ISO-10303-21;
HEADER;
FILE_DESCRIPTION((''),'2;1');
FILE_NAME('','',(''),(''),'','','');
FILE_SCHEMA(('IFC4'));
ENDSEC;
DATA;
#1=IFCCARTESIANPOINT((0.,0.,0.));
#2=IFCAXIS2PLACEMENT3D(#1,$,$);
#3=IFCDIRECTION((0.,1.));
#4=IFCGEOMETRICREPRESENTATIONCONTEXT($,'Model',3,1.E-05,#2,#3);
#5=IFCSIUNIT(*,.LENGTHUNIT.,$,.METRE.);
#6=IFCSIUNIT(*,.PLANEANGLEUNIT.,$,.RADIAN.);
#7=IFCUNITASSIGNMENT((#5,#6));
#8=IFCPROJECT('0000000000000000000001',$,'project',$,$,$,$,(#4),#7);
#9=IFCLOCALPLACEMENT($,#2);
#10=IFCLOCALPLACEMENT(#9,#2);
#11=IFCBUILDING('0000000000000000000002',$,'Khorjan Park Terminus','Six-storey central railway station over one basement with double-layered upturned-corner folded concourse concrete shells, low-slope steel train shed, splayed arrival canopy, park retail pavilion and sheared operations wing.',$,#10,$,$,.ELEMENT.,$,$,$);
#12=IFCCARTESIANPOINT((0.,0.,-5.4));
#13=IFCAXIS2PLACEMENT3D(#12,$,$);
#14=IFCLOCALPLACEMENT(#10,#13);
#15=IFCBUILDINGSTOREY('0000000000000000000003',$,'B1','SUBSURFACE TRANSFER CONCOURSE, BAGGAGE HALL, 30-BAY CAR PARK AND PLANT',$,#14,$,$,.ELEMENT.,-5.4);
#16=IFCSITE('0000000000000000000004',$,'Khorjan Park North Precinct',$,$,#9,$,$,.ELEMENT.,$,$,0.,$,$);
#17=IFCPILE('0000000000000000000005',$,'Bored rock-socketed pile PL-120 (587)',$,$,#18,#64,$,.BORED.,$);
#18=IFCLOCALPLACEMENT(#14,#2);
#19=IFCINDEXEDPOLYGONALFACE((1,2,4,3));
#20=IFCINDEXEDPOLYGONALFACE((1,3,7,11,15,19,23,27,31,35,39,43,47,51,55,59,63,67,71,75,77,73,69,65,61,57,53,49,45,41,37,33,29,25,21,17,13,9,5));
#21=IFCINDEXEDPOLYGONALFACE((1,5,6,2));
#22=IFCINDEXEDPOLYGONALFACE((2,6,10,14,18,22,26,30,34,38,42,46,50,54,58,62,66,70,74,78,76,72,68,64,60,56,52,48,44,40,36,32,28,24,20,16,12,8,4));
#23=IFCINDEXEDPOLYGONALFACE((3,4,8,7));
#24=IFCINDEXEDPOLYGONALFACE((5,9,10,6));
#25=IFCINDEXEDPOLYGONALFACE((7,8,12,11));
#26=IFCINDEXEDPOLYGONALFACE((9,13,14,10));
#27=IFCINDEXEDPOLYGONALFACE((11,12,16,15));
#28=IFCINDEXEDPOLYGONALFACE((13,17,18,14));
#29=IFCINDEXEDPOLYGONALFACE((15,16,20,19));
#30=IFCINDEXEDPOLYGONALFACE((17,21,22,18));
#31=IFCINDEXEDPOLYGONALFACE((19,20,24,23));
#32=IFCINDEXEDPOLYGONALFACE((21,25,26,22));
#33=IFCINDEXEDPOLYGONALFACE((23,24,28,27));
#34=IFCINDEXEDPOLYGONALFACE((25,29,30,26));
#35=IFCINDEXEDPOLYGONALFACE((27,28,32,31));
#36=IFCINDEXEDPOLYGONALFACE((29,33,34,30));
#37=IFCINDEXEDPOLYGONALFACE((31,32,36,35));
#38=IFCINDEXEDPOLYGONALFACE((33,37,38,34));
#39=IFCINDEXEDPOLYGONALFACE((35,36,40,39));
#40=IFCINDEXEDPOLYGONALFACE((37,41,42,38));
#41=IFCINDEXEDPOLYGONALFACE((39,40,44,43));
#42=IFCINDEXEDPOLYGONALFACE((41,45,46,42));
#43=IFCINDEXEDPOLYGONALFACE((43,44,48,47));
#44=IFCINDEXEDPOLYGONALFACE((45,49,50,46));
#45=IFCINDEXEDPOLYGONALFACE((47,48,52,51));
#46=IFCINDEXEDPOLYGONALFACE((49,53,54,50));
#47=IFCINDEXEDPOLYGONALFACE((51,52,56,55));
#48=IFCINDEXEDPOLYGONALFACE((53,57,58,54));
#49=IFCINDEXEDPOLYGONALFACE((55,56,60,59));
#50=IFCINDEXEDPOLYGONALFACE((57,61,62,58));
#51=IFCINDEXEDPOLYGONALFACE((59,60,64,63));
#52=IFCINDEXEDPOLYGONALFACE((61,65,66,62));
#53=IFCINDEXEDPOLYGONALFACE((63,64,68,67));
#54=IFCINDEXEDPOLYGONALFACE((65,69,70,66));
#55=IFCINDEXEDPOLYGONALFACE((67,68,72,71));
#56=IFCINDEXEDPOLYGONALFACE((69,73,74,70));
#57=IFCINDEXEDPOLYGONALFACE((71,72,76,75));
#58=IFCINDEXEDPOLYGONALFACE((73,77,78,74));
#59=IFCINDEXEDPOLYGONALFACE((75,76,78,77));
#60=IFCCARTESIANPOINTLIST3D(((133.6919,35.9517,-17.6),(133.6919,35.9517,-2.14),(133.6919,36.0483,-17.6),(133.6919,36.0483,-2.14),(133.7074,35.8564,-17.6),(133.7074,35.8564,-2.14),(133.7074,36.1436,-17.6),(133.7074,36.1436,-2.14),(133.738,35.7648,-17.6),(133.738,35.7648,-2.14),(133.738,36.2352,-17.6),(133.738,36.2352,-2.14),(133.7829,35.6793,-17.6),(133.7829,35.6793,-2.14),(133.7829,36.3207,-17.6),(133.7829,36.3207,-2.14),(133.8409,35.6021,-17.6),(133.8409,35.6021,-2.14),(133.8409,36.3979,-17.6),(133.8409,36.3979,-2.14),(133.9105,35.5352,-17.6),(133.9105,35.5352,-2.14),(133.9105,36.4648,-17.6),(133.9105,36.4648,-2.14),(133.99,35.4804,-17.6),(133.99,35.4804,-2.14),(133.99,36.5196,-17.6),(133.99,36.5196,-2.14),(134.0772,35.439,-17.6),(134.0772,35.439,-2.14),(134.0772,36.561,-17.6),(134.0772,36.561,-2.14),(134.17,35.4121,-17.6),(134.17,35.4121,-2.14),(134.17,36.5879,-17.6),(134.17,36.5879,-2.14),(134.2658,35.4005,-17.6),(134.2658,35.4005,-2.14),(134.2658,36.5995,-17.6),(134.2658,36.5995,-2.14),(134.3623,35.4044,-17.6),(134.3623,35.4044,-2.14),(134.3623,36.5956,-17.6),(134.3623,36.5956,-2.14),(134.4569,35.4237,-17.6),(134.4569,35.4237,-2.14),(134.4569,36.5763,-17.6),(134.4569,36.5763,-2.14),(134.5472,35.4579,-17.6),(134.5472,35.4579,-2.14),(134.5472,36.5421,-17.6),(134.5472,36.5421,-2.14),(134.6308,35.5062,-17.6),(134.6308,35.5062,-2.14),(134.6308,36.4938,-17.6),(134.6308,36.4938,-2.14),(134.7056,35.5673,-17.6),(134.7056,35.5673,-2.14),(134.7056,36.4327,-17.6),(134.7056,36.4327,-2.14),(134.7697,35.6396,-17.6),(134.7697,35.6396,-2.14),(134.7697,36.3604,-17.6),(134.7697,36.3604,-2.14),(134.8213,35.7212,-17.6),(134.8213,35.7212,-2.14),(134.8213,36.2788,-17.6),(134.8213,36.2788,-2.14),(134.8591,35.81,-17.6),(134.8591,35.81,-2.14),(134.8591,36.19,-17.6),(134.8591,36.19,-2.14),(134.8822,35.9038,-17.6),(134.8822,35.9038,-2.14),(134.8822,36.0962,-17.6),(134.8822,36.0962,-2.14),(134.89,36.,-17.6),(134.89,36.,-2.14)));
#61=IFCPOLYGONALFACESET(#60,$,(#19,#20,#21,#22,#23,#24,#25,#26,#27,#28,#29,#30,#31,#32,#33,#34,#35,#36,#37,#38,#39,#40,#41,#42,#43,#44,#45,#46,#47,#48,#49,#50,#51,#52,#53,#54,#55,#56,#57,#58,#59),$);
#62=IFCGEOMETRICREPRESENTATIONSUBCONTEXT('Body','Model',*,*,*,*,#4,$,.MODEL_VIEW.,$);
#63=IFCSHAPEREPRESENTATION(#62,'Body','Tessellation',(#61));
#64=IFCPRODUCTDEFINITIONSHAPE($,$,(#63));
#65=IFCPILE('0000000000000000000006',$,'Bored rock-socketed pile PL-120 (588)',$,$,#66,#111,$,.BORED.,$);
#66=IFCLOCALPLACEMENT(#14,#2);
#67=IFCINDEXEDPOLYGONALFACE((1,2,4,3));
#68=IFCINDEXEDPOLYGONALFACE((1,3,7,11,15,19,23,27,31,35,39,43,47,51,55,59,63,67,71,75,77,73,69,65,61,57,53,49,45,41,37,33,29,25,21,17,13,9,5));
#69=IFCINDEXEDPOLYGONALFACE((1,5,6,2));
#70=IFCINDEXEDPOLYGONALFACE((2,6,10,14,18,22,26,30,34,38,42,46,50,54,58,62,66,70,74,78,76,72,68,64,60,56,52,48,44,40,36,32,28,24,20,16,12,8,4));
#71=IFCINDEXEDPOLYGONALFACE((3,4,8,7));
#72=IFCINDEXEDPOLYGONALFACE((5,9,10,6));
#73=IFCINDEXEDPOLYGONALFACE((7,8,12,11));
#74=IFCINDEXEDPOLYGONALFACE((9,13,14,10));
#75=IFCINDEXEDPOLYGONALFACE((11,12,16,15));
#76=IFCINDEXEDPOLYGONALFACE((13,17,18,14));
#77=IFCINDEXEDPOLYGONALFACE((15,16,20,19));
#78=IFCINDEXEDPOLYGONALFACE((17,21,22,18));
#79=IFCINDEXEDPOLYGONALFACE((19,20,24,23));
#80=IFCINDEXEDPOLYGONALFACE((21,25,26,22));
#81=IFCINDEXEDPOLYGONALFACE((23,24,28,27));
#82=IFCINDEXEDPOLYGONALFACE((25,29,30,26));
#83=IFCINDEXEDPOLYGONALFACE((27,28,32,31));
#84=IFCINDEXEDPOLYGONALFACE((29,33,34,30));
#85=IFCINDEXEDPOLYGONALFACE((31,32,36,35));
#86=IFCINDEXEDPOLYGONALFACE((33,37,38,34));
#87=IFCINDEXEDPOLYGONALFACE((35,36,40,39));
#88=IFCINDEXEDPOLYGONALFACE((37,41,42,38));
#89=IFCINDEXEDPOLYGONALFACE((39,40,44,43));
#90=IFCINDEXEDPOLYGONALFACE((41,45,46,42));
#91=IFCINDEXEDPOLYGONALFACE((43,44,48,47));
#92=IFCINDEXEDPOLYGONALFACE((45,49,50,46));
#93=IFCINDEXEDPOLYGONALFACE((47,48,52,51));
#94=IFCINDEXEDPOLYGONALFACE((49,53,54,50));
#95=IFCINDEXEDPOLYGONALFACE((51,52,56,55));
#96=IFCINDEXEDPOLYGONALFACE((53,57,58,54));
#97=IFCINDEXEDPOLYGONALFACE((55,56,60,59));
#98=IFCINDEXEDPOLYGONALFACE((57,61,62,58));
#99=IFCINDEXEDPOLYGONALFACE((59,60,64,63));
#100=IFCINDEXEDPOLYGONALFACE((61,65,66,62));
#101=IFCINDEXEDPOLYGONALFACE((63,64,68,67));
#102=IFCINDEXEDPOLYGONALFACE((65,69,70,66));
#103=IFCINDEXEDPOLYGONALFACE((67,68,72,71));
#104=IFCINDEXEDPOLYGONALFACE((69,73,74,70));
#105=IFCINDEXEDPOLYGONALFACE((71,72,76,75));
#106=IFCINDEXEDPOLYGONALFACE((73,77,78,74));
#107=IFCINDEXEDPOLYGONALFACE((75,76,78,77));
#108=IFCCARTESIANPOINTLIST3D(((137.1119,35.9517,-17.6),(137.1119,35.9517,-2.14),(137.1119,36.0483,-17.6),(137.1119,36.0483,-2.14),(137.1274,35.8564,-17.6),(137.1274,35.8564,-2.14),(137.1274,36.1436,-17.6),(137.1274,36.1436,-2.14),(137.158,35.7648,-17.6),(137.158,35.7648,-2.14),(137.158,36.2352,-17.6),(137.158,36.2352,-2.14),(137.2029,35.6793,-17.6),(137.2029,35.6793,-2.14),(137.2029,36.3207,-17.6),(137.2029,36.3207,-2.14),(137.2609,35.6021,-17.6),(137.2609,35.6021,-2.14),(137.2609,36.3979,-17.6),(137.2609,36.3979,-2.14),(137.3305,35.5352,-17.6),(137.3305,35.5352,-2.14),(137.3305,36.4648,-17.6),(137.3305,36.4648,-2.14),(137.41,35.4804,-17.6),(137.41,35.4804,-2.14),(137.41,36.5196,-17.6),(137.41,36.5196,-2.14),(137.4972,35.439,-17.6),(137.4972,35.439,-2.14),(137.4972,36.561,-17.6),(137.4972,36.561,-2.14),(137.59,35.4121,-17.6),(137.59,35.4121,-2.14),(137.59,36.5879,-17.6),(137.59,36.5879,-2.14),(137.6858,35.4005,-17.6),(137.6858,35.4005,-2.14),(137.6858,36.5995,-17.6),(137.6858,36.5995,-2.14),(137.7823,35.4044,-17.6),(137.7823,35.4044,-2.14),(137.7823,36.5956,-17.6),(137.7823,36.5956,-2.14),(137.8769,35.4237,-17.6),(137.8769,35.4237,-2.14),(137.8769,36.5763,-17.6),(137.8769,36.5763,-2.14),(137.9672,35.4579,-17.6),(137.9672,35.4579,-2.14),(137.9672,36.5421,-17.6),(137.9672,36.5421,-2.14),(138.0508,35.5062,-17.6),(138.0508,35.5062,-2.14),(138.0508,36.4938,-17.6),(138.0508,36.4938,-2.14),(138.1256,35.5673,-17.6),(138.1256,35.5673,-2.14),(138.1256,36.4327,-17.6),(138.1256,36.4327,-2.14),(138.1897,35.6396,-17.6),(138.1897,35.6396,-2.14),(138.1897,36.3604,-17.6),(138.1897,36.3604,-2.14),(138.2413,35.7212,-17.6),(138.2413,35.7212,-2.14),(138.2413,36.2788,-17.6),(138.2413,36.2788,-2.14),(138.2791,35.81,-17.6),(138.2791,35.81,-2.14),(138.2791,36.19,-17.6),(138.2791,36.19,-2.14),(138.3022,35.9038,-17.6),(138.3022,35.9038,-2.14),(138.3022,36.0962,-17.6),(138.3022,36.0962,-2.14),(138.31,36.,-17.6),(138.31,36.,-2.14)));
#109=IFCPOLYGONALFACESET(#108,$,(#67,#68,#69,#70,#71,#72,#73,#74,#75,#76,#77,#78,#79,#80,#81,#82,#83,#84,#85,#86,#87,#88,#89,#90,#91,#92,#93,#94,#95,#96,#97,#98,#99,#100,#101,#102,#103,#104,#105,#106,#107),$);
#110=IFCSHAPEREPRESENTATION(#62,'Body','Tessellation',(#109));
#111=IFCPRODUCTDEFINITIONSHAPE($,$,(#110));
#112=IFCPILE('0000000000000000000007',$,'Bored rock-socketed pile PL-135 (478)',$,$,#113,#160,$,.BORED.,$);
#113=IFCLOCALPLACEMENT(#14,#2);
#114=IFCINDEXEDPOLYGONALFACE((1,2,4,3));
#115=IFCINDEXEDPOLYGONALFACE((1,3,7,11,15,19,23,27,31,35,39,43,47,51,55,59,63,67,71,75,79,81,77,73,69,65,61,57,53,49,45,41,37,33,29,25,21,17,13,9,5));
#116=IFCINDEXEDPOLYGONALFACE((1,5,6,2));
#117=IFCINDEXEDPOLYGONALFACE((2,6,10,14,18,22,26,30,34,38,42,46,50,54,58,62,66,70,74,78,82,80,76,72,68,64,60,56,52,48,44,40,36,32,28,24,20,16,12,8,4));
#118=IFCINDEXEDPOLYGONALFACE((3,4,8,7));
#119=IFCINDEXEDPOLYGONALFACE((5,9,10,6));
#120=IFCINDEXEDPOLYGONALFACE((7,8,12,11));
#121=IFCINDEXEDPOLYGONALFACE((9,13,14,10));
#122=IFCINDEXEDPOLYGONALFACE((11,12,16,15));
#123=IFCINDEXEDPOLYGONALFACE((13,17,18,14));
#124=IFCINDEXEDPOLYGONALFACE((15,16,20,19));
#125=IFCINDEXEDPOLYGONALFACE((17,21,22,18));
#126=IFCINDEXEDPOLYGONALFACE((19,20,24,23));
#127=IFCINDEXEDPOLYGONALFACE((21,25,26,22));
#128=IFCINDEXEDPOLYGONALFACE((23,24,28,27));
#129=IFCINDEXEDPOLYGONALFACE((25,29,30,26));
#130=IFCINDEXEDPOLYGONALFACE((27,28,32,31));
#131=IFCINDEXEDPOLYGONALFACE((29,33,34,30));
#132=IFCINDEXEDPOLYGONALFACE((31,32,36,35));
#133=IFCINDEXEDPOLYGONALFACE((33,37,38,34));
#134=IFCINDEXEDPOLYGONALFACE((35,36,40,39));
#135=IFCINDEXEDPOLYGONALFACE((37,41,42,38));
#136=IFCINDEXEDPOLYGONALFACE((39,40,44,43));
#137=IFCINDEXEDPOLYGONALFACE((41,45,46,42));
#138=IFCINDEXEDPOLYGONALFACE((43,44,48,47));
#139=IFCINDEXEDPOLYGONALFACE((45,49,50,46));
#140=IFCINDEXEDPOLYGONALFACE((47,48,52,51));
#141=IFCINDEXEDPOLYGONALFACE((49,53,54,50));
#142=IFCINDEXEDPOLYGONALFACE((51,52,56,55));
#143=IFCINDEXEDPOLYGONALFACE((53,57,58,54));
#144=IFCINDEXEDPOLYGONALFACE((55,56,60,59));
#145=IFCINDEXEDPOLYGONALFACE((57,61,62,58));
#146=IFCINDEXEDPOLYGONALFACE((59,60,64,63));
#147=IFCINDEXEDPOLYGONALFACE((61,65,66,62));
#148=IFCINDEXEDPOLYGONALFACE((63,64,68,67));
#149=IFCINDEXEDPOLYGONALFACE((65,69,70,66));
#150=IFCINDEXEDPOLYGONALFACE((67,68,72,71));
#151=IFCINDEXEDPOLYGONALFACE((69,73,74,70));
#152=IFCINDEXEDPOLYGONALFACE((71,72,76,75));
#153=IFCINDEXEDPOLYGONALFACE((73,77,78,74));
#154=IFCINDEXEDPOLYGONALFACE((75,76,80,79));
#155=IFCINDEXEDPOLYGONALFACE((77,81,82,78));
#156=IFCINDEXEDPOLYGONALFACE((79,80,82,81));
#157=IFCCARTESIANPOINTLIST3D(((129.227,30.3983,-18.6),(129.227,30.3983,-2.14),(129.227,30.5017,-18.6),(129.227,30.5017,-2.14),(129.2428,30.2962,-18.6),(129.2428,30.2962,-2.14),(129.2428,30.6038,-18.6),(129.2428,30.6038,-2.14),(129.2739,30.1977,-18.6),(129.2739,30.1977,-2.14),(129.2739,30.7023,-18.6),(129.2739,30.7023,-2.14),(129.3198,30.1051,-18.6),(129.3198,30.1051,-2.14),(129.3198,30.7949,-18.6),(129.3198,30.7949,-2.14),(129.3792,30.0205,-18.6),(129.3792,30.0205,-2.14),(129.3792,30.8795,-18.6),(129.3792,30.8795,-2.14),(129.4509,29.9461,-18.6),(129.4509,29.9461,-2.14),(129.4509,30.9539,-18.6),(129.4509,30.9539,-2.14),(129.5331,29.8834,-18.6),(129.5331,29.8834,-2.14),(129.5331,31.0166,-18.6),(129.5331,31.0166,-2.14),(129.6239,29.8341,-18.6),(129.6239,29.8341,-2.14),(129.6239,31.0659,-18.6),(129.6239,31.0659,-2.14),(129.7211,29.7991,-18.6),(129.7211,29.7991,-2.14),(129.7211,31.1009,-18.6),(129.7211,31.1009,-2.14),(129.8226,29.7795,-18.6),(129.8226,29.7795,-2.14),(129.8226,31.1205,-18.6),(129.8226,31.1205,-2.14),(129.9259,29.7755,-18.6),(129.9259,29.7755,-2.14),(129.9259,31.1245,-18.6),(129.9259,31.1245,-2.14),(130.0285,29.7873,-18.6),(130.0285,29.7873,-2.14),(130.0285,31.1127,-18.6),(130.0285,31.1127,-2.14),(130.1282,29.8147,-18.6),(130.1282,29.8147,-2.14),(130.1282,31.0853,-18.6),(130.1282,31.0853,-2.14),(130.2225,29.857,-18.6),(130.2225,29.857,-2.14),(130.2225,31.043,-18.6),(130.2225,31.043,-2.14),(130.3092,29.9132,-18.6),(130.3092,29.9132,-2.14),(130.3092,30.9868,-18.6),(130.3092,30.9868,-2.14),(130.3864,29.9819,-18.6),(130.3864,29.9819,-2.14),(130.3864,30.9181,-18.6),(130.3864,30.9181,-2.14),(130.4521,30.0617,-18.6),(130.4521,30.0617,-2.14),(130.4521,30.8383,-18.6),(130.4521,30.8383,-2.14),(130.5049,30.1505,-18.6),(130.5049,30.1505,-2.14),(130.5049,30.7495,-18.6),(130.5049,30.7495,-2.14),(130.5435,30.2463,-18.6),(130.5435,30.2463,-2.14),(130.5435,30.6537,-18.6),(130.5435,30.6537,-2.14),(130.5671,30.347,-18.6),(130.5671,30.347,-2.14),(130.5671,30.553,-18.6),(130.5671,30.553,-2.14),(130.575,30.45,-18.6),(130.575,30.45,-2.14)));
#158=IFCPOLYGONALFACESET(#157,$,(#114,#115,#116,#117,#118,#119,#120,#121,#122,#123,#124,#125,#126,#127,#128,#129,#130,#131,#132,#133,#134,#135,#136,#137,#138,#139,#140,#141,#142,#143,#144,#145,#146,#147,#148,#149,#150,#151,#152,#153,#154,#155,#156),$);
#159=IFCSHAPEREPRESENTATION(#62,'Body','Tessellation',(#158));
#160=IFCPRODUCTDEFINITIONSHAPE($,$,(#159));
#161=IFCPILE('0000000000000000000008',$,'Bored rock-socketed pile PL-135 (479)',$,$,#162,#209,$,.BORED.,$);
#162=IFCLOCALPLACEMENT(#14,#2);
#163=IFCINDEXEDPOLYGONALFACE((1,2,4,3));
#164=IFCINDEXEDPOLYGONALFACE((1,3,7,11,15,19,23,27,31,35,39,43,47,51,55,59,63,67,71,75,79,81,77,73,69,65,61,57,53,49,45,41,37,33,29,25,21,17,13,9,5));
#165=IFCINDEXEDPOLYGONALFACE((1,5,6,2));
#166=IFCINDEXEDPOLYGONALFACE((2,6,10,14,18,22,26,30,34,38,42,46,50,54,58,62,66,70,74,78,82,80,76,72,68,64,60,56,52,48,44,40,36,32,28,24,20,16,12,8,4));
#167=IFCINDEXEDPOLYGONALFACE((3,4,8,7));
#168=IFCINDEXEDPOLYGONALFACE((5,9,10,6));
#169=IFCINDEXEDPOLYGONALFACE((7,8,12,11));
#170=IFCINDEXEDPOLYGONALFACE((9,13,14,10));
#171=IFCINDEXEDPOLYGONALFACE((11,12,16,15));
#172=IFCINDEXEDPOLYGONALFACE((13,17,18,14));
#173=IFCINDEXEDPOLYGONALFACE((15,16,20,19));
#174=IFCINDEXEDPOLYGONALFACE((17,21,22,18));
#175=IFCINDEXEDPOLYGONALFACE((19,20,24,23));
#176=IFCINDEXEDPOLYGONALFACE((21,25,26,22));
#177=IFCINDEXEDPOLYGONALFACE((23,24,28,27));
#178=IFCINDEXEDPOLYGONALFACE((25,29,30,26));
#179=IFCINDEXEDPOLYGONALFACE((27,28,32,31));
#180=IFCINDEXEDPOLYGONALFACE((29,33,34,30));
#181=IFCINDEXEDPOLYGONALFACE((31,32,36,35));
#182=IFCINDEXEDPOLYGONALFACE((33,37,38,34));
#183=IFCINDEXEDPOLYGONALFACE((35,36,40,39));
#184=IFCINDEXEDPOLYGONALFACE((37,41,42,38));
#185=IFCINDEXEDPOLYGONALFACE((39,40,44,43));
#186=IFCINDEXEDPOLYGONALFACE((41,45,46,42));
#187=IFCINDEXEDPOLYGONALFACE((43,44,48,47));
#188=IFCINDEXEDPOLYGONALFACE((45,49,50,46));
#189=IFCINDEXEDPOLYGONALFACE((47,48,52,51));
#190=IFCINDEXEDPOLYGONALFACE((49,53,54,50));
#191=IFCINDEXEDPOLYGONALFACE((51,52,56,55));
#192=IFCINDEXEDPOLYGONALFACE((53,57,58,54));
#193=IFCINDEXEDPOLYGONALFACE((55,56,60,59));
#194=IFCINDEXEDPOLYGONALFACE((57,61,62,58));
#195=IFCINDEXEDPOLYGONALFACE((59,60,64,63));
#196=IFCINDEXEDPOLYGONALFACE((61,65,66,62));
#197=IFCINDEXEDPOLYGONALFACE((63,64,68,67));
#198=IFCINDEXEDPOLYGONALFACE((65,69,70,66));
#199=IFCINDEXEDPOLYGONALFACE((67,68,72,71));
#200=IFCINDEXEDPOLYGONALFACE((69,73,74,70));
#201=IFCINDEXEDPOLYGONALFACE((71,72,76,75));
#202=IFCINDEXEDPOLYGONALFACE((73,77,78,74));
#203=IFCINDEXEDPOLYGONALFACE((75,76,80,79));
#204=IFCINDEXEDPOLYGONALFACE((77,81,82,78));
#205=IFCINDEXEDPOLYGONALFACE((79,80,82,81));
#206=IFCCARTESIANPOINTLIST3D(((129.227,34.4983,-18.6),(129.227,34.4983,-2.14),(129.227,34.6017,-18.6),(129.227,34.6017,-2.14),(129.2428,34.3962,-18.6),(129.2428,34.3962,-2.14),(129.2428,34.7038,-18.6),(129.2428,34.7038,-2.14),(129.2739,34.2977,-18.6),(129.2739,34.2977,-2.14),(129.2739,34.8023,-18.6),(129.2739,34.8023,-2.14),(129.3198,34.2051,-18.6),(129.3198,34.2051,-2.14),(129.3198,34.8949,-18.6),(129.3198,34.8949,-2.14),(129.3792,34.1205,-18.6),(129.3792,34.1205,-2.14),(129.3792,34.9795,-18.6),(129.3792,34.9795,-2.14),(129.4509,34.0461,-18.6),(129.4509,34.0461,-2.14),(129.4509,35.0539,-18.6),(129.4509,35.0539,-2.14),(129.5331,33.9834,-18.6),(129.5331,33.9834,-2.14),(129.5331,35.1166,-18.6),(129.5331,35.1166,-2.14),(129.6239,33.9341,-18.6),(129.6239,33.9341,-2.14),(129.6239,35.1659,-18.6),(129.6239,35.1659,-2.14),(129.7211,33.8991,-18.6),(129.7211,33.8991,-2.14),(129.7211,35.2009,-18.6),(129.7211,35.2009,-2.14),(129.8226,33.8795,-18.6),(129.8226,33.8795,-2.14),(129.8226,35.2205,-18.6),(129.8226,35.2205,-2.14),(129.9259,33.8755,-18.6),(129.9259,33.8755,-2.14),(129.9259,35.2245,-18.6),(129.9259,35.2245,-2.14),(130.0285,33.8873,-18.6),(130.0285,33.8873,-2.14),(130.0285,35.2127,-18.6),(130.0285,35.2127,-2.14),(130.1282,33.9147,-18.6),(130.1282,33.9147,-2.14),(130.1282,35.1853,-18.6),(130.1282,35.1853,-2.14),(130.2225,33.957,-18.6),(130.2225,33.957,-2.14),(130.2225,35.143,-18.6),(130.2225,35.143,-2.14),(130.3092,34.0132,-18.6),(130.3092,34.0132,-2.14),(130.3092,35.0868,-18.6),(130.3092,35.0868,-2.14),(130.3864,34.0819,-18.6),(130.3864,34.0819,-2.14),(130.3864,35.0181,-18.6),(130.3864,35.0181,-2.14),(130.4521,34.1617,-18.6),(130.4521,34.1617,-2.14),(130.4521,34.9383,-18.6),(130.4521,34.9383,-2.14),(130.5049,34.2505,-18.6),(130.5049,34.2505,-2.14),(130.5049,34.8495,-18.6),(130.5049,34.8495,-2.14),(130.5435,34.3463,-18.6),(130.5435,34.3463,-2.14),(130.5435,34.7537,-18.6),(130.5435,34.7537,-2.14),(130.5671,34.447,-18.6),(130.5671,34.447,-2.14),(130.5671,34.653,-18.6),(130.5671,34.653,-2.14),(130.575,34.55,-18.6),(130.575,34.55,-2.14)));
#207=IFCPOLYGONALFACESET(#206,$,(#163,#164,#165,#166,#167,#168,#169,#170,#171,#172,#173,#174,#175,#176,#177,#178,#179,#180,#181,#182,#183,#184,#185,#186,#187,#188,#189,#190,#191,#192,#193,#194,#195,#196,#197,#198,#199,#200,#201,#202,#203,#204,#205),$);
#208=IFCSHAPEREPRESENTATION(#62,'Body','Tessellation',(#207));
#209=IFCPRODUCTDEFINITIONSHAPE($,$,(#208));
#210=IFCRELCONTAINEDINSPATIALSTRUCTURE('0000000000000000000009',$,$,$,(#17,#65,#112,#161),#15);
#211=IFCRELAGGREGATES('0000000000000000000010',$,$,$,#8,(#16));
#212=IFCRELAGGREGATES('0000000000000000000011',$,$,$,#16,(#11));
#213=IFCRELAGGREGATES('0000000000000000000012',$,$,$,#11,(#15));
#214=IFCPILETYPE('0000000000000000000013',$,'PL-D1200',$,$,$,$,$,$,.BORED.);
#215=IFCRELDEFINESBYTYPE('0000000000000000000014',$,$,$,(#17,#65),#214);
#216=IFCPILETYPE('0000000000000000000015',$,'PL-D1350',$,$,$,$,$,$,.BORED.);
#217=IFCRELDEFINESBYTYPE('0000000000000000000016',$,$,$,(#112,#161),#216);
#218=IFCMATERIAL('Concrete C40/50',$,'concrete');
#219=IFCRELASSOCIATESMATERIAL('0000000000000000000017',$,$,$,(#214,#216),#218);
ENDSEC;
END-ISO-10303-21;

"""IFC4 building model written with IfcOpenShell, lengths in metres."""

from ifc_helpers import new_model, si_unit, direction, frame, origin, origin_2d, place, context, subcontext, project, spatial, circle, extrude, material, material_profile, profile_set, type_object, element, save


model = new_model("IFC4")

# Units and contexts
model_context = context("Model", 3, precision=1e-05, world=origin(), true_north=direction((0.0, 1.0)))
body_context = subcontext(model_context, "Body", "Model", "MODEL_VIEW")
ifc_project = project(units=[si_unit("LENGTHUNIT", "METRE"), si_unit("PLANEANGLEUNIT", "RADIAN")], contexts=[model_context])

# Site, building, storey
site_placement = place(None, origin())
site = spatial("IfcSite", under=ifc_project, at=site_placement, Name="Khorjan Park North Precinct", CompositionType="ELEMENT", RefElevation=0.0)
building_placement = place(site_placement, origin())
building = spatial("IfcBuilding", under=site, at=building_placement, Name="Khorjan Park Terminus", Description="Six-storey central railway station over one basement with double-layered upturned-corner folded concourse concrete shells, low-slope steel train shed, splayed arrival canopy, park retail pavilion and sheared operations wing.", CompositionType="ELEMENT")
storey_placement = place(building_placement, frame((0.0, 0.0, -5.4)))
storey = spatial("IfcBuildingStorey", under=building, at=storey_placement, Name="B1", Description="SUBSURFACE TRANSFER CONCOURSE, BAGGAGE HALL, 30-BAY CAR PARK AND PLANT", CompositionType="ELEMENT", Elevation=-5.4)

# Piles
ifc_material_1 = material(Name="Concrete C40/50", Category="concrete")
ifc_material_profile_1 = material_profile(ifc_material_1, circle(Radius=0.6, at=origin_2d()), Name="BORED D1200")
ifc_profile_set_1 = profile_set([ifc_material_profile_1], Name="Concrete C40/50")
pile_type_1 = type_object("IfcPileType", Name="PL-D1200", PredefinedType="BORED", material=ifc_profile_set_1)
for number, where, z_axis, x_axis, name in (
    (1, (134.29, 36.0, -2.14), (0.0, 0.0, -1.0), (1.0, 0.0, 0.0), "Bored rock-socketed pile PL-120 (587)"),
    (2, (137.71, 36.0, -2.14), (0.0, 0.0, -1.0), (1.0, 0.0, 0.0), "Bored rock-socketed pile PL-120 (588)"),
):
    element("IfcPile", number, at=place(storey_placement, frame(where, z_axis=z_axis, x_axis=x_axis)), inside=storey, type_object=pile_type_1, Name=name, PredefinedType="BORED", context=body_context, shape_type="SweptSolid", body=[
        extrude(circle(Radius=0.6, at=origin_2d()), origin(), (0.0, 0.0, 1.0), 15.46),
    ])
ifc_material_profile_2 = material_profile(ifc_material_1, circle(Radius=0.675, at=origin_2d()), Name="BORED D1350")
ifc_profile_set_2 = profile_set([ifc_material_profile_2], Name="Concrete C40/50")
pile_type_2 = type_object("IfcPileType", Name="PL-D1350", PredefinedType="BORED", material=ifc_profile_set_2)
for number, where, z_axis, x_axis, name in (
    (3, (129.9, 30.45, -2.14), (0.0, 0.0, -1.0), (1.0, 0.0, 0.0), "Bored rock-socketed pile PL-135 (478)"),
    (4, (129.9, 34.55, -2.14), (0.0, 0.0, -1.0), (1.0, 0.0, 0.0), "Bored rock-socketed pile PL-135 (479)"),
):
    element("IfcPile", number, at=place(storey_placement, frame(where, z_axis=z_axis, x_axis=x_axis)), inside=storey, type_object=pile_type_2, Name=name, PredefinedType="BORED", context=body_context, shape_type="SweptSolid", body=[
        extrude(circle(Radius=0.675, at=origin_2d()), origin(), (0.0, 0.0, 1.0), 16.46),
    ])

save(model, "model.ifc")
